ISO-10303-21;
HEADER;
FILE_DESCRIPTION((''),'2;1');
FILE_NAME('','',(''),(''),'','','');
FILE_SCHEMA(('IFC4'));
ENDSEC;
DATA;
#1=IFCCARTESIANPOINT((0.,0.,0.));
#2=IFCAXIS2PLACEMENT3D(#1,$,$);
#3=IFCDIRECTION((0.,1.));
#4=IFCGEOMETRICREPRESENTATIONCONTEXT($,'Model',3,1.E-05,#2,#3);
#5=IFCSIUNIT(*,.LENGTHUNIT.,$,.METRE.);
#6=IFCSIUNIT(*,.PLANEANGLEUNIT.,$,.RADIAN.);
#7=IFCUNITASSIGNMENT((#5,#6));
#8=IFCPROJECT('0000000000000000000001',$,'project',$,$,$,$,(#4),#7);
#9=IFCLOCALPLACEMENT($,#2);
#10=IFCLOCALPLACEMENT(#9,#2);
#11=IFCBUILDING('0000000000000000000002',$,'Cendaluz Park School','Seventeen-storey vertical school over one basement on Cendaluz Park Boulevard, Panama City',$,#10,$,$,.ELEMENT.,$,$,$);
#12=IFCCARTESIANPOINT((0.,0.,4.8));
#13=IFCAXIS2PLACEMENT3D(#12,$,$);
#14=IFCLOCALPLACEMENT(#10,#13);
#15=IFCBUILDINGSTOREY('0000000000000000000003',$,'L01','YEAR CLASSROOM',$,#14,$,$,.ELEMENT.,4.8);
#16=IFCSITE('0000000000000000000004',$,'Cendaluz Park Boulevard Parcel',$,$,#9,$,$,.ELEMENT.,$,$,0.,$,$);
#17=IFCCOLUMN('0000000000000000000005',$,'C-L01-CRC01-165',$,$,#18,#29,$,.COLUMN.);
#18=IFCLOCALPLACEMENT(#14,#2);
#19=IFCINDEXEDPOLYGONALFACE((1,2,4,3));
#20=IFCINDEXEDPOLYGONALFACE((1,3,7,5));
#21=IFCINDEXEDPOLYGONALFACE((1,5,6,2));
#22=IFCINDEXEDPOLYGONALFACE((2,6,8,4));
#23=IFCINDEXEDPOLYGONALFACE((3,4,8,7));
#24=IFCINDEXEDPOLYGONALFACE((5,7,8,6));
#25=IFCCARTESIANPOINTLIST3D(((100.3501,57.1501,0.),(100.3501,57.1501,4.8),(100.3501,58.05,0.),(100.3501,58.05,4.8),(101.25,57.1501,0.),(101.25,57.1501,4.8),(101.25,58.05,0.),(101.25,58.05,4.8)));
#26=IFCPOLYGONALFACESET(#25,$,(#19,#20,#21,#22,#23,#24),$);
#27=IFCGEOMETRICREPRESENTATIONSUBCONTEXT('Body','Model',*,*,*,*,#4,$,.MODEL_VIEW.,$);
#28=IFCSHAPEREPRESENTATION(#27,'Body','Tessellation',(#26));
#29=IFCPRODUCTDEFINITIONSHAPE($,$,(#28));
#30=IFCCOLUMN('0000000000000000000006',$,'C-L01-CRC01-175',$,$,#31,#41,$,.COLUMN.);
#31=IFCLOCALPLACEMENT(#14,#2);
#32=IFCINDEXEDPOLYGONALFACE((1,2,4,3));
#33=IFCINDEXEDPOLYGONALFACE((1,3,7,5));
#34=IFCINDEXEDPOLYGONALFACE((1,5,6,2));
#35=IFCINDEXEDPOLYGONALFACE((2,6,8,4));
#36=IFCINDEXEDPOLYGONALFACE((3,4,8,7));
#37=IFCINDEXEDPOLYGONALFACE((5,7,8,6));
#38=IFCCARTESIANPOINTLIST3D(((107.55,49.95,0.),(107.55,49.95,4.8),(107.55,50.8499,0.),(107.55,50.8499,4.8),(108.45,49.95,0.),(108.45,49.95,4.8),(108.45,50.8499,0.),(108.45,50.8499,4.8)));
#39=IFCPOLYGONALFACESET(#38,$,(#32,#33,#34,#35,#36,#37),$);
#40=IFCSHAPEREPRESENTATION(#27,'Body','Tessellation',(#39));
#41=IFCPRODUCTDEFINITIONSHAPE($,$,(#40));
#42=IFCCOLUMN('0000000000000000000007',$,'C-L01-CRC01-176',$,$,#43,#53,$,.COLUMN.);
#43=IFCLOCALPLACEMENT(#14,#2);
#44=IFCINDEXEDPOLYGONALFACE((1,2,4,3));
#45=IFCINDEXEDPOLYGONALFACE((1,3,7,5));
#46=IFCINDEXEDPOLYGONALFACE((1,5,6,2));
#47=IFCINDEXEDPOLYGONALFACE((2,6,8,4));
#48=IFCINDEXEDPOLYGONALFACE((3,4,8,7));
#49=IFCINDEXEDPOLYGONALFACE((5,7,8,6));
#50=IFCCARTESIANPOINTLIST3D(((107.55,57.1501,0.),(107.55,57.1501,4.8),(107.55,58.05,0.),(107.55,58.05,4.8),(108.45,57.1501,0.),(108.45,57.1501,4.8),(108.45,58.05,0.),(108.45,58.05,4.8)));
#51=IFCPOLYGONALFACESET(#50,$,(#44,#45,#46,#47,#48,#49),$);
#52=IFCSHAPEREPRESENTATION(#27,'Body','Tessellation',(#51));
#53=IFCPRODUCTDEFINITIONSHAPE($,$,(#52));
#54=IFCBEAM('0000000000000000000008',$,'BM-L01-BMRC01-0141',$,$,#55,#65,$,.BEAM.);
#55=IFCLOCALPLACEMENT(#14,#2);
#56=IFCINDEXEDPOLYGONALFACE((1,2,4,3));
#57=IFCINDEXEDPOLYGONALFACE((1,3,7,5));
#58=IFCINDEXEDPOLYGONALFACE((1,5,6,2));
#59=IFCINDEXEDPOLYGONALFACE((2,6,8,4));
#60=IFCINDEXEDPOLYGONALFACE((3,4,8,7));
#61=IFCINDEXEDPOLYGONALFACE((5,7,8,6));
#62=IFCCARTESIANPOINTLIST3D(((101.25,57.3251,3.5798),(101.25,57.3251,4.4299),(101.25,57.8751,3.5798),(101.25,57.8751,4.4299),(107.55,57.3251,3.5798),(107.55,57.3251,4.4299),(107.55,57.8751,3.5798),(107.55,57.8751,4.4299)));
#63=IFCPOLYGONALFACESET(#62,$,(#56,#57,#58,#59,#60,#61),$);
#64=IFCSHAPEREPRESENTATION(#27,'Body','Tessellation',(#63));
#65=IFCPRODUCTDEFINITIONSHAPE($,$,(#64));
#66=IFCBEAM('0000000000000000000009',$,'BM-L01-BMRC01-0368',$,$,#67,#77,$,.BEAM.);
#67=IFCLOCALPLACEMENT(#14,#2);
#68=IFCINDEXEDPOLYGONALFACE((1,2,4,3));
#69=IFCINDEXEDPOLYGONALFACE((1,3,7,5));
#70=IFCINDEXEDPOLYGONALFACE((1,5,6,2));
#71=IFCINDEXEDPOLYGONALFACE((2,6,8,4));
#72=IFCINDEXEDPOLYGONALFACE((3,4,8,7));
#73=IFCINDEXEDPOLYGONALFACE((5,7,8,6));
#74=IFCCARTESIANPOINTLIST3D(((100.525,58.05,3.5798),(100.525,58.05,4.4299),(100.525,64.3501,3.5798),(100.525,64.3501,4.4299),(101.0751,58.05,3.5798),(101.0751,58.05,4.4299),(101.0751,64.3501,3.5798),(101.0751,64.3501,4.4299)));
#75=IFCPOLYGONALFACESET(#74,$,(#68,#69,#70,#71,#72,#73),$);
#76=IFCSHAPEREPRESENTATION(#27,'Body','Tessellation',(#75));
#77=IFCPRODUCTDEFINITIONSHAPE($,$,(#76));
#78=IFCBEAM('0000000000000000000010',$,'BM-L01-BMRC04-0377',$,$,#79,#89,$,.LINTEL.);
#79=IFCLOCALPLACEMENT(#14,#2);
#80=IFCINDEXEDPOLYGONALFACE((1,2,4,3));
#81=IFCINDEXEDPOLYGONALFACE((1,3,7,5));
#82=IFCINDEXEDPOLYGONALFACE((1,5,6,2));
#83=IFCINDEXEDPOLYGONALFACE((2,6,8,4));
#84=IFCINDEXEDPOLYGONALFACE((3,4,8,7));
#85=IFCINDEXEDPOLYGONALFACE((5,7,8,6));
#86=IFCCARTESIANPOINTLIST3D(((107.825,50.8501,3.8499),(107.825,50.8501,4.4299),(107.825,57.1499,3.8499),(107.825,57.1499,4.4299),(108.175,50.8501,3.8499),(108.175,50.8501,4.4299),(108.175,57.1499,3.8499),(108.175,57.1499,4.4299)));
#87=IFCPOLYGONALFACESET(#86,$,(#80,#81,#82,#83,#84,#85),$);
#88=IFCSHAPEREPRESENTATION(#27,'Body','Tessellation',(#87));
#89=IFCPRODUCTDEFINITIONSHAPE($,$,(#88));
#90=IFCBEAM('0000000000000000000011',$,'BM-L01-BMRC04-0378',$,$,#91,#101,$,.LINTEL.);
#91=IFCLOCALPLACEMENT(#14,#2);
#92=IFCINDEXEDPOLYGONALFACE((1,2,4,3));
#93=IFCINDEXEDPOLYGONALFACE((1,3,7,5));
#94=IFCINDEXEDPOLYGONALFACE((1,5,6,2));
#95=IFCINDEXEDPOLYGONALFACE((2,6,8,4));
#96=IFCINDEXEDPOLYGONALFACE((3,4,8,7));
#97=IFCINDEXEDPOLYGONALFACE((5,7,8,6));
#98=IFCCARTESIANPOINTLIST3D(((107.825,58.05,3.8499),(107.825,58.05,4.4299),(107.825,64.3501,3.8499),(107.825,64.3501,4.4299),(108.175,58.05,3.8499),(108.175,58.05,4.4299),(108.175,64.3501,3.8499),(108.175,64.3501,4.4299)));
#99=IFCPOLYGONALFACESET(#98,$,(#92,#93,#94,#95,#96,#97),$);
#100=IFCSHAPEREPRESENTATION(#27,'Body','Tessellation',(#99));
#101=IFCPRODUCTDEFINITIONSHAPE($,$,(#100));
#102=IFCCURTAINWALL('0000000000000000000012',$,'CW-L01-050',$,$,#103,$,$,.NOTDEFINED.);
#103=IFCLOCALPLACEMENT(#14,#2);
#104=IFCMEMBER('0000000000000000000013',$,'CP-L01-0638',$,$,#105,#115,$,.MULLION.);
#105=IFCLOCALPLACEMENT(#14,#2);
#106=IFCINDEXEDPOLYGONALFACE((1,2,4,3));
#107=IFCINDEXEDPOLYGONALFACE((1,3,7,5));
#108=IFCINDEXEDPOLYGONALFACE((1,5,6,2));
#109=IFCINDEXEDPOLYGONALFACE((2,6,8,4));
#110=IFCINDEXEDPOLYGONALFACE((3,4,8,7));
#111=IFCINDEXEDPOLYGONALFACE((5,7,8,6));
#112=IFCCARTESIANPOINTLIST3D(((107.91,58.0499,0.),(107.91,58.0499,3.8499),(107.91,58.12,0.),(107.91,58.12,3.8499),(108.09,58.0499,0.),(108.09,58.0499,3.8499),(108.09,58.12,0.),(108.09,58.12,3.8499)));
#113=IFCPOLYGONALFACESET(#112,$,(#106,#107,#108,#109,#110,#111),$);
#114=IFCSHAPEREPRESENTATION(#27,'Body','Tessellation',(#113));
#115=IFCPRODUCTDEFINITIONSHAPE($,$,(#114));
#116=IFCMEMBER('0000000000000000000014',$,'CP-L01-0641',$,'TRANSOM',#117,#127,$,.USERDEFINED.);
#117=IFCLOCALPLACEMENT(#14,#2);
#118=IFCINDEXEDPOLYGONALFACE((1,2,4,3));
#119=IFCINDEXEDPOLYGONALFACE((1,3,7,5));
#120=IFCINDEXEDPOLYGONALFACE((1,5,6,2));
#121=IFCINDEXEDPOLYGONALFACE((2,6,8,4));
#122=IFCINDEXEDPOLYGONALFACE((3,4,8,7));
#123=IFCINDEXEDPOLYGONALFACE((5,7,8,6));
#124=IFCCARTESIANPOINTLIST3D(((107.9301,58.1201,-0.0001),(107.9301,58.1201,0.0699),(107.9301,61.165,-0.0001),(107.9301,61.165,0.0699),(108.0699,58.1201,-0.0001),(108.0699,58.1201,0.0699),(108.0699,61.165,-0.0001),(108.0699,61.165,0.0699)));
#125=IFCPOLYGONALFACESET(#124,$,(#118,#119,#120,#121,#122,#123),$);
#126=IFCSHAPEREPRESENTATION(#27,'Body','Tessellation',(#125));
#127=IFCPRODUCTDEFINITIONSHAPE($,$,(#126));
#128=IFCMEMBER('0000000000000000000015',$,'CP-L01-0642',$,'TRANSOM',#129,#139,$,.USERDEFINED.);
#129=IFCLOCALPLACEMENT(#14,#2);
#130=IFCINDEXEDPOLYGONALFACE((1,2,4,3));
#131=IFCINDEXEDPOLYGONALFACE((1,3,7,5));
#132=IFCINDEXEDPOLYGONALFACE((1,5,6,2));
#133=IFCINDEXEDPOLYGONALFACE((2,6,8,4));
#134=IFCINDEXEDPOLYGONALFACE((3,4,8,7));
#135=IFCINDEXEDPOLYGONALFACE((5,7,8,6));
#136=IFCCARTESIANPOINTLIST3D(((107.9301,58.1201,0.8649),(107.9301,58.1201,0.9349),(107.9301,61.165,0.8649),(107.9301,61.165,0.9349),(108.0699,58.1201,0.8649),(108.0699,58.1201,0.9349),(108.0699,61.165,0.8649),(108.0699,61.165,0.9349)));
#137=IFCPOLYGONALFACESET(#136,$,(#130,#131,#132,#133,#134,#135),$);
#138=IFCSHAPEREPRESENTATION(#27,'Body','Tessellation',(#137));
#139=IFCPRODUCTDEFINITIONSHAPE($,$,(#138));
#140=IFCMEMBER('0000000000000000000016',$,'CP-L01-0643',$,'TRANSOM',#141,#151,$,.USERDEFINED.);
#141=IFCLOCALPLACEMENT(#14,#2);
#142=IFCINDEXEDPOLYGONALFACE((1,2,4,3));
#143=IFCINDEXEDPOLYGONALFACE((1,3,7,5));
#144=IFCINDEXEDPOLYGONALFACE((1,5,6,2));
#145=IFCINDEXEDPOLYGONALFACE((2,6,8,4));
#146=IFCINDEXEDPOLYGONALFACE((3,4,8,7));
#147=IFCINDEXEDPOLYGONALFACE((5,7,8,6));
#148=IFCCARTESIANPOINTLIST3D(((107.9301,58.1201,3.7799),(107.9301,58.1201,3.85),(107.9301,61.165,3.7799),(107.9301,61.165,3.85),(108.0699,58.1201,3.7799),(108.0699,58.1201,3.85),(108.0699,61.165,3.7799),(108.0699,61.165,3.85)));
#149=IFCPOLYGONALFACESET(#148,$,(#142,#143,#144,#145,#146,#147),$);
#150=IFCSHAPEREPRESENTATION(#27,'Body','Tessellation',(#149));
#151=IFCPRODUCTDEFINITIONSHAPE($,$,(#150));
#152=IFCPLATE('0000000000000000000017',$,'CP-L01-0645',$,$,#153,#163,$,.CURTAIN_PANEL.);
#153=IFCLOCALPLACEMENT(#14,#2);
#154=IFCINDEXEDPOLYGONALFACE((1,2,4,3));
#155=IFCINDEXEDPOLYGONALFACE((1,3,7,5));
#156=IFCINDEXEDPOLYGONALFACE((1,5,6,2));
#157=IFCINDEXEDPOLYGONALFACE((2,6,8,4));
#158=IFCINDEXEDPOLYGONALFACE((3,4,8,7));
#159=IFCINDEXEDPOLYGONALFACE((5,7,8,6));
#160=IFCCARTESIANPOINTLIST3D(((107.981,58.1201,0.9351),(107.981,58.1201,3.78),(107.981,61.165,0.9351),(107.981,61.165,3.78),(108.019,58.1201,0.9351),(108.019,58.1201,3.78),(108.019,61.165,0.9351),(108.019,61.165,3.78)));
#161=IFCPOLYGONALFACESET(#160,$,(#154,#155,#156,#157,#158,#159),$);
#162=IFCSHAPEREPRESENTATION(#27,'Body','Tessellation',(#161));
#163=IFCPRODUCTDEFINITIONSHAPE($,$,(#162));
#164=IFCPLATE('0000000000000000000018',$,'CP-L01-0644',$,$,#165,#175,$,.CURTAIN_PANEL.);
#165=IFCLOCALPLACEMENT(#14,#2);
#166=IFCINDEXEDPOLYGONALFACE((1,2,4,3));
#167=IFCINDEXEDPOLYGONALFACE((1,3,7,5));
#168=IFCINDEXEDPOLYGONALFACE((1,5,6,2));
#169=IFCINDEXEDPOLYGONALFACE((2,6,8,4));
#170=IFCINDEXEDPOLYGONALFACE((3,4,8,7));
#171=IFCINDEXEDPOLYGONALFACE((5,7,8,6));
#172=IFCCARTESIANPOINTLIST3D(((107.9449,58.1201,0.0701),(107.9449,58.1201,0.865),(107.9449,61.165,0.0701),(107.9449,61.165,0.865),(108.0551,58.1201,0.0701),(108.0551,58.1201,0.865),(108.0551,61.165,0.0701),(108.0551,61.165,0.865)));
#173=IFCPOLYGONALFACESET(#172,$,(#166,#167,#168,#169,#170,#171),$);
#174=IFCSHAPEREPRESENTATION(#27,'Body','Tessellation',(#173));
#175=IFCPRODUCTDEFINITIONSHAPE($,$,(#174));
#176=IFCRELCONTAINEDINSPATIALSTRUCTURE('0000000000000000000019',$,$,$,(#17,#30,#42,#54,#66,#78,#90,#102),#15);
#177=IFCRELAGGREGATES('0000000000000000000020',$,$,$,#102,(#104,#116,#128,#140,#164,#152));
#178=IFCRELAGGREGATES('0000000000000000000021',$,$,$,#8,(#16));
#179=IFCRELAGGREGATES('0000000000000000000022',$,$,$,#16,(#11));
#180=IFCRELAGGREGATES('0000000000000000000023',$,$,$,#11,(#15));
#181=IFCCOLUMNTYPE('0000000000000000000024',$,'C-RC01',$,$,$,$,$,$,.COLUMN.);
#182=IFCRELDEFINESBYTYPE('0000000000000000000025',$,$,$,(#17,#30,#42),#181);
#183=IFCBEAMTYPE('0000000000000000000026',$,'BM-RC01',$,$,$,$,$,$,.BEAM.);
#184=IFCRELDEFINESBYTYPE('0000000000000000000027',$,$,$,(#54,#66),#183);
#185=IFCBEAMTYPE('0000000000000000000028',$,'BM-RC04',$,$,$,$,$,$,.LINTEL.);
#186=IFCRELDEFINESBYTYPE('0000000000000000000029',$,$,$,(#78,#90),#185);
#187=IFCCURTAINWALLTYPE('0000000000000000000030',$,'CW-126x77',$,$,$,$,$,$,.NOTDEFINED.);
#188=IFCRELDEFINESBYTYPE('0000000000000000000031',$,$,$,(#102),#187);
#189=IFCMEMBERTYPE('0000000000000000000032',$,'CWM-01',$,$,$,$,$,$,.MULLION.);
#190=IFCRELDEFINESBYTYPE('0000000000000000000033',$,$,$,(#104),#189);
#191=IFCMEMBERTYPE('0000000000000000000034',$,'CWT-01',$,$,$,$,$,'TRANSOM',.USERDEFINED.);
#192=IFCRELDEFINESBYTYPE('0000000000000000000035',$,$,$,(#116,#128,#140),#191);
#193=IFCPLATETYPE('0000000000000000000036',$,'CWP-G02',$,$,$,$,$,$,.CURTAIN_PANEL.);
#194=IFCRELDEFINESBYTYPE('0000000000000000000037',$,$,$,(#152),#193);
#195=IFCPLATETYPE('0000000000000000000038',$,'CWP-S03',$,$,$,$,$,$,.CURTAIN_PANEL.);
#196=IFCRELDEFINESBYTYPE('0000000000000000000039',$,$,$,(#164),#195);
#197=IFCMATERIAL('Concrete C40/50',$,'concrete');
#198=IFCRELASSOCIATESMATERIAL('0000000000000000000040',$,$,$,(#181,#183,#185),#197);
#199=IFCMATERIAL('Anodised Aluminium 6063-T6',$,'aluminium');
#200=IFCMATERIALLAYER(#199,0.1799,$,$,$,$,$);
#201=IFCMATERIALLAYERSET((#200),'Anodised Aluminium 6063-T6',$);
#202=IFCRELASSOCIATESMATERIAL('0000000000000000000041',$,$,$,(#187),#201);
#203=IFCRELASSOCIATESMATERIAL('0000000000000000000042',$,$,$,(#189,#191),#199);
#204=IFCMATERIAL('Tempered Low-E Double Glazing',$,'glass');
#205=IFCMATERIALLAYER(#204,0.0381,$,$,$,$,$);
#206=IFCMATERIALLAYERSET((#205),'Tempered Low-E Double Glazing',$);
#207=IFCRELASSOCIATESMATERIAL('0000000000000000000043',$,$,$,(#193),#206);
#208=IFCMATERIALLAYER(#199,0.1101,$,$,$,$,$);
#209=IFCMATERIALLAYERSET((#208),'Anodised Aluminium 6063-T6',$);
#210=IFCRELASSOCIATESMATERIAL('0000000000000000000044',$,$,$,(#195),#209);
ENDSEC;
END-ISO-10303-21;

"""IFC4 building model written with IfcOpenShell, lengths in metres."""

from ifc_helpers import new_model, si_unit, direction, frame, origin, origin_2d, place, context, subcontext, project, spatial, rectangle, extrude, material, layer, layer_set, material_profile, profile_set, type_object, element, aggregate, save


model = new_model("IFC4")

# Units and contexts
model_context = context("Model", 3, precision=1e-05, world=origin(), true_north=direction((0.0, 1.0)))
body_context = subcontext(model_context, "Body", "Model", "MODEL_VIEW")
ifc_project = project(units=[si_unit("LENGTHUNIT", "METRE"), si_unit("PLANEANGLEUNIT", "RADIAN")], contexts=[model_context])

# Site, building, storey
site_placement = place(None, origin())
site = spatial("IfcSite", under=ifc_project, at=site_placement, Name="Cendaluz Park Boulevard Parcel", CompositionType="ELEMENT", RefElevation=0.0)
building_placement = place(site_placement, origin())
building = spatial("IfcBuilding", under=site, at=building_placement, Name="Cendaluz Park School", Description="Seventeen-storey vertical school over one basement on Cendaluz Park Boulevard, Panama City", CompositionType="ELEMENT")
storey_placement = place(building_placement, frame((0.0, 0.0, 4.8)))
storey = spatial("IfcBuildingStorey", under=building, at=storey_placement, Name="L01", Description="YEAR CLASSROOM", CompositionType="ELEMENT", Elevation=4.8)

# Columns
ifc_material_1 = material(Name="Concrete C40/50", Category="concrete")
ifc_material_profile_1 = material_profile(ifc_material_1, rectangle(XDim=0.8999, YDim=0.8999, at=origin_2d()), Name="RC 900x900", Category="concrete")
ifc_profile_set_1 = profile_set([ifc_material_profile_1], Name="Concrete C40/50")
column_type = type_object("IfcColumnType", Name="C-RC01", PredefinedType="COLUMN", material=ifc_profile_set_1)
for number, where, z_axis, x_axis, name in (
    (1, (100.8, 57.6001, 0.0), (0.0, 0.0, 1.0), (1.0, 0.0, 0.0), "C-L01-CRC01-165"),
    (2, (108.0, 50.3999, 0.0), (0.0, 0.0, 1.0), (1.0, 0.0, 0.0), "C-L01-CRC01-175"),
    (3, (108.0, 57.6001, 0.0), (0.0, 0.0, 1.0), (1.0, 0.0, 0.0), "C-L01-CRC01-176"),
):
    element("IfcColumn", number, at=place(storey_placement, frame(where, z_axis=z_axis, x_axis=x_axis)), inside=storey, type_object=column_type, Name=name, PredefinedType="COLUMN", context=body_context, shape_type="SweptSolid", body=[
        extrude(rectangle(XDim=0.8999, YDim=0.8999, at=origin_2d()), origin(), (0.0, 0.0, 1.0), 4.8),
    ])

# Beams
ifc_material_profile_2 = material_profile(ifc_material_1, rectangle(XDim=0.55, YDim=0.8501, at=origin_2d()), Name="RC 550x850", Category="concrete")
ifc_profile_set_2 = profile_set([ifc_material_profile_2], Name="Concrete C40/50")
beam_type_1 = type_object("IfcBeamType", Name="BM-RC01", PredefinedType="BEAM", material=ifc_profile_set_2)
for number, where, z_axis, x_axis, name in (
    (4, (101.25, 57.6001, 4.0049), (1.0, 0.0, 0.0), (0.0, 1.0, 0.0), "BM-L01-BMRC01-0141"),
    (5, (100.8, 58.05, 4.0049), (0.0, 1.0, 0.0), (-1.0, 0.0, 0.0), "BM-L01-BMRC01-0368"),
):
    element("IfcBeam", number, at=place(storey_placement, frame(where, z_axis=z_axis, x_axis=x_axis)), inside=storey, type_object=beam_type_1, Name=name, PredefinedType="BEAM", context=body_context, shape_type="SweptSolid", body=[
        extrude(rectangle(XDim=0.55, YDim=0.8501, at=origin_2d()), origin(), (0.0, 0.0, 1.0), 6.3),
    ])
ifc_material_profile_3 = material_profile(ifc_material_1, rectangle(XDim=0.3501, YDim=0.5801, at=origin_2d()), Name="RC 350x580", Category="concrete")
ifc_profile_set_3 = profile_set([ifc_material_profile_3], Name="Concrete C40/50")
beam_type_2 = type_object("IfcBeamType", Name="BM-RC04", PredefinedType="LINTEL", material=ifc_profile_set_3)
beam_1_placement = place(storey_placement, frame((108.0, 50.8501, 4.1399), z_axis=(0.0, 1.0, 0.0), x_axis=(-1.0, 0.0, 0.0)))
element("IfcBeam", 6, at=beam_1_placement, inside=storey, type_object=beam_type_2, Name="BM-L01-BMRC04-0377", PredefinedType="LINTEL", context=body_context, shape_type="SweptSolid", body=[
    extrude(rectangle(XDim=0.3501, YDim=0.5801, at=origin_2d()), origin(), (0.0, 0.0, 1.0), 6.2998),
])
beam_2_placement = place(storey_placement, frame((108.0, 58.05, 4.1399), z_axis=(0.0, 1.0, 0.0), x_axis=(-1.0, 0.0, 0.0)))
element("IfcBeam", 7, at=beam_2_placement, inside=storey, type_object=beam_type_2, Name="BM-L01-BMRC04-0378", PredefinedType="LINTEL", context=body_context, shape_type="SweptSolid", body=[
    extrude(rectangle(XDim=0.3501, YDim=0.5801, at=origin_2d()), origin(), (0.0, 0.0, 1.0), 6.3),
])

# Curtain wall, members, plates
ifc_material_2 = material(Name="Anodised Aluminium 6063-T6", Category="aluminium")
ifc_layer_1 = layer(ifc_material_2, 0.1799)
ifc_layer_set_1 = layer_set([ifc_layer_1], Name="Anodised Aluminium 6063-T6")
curtain_wall_type = type_object("IfcCurtainWallType", Name="CW-126x77", PredefinedType="NOTDEFINED", material=ifc_layer_set_1)
curtain_wall_placement = place(storey_placement, origin())
curtain_wall = element("IfcCurtainWall", 8, at=curtain_wall_placement, inside=storey, type_object=curtain_wall_type, Name="CW-L01-050", PredefinedType="NOTDEFINED")
ifc_material_profile_4 = material_profile(ifc_material_2, rectangle(XDim=0.1799, YDim=0.0701, at=origin_2d()), Name="CWM 180x70", Category="aluminium")
ifc_profile_set_4 = profile_set([ifc_material_profile_4], Name="Anodised Aluminium 6063-T6")
member_type_1 = type_object("IfcMemberType", Name="CWM-01", PredefinedType="MULLION", material=ifc_profile_set_4)
member_1_placement = place(storey_placement, frame((108.0, 58.085, 0.0), z_axis=(0.0, 0.0, 1.0), x_axis=(-1.0, 0.0, 0.0)))
member_1 = element("IfcMember", 9, at=member_1_placement, type_object=member_type_1, Name="CP-L01-0638", PredefinedType="MULLION", context=body_context, shape_type="SweptSolid", body=[
    extrude(rectangle(XDim=0.1799, YDim=0.0701, at=origin_2d()), origin(), (0.0, 0.0, 1.0), 3.8499),
])
ifc_material_profile_5 = material_profile(ifc_material_2, rectangle(XDim=0.1399, YDim=0.0701, at=origin_2d()), Name="CWT 140x70", Category="aluminium")
ifc_profile_set_5 = profile_set([ifc_material_profile_5], Name="Anodised Aluminium 6063-T6")
member_type_2 = type_object("IfcMemberType", Name="CWT-01", ElementType="TRANSOM", PredefinedType="USERDEFINED", material=ifc_profile_set_5)
member_2_placement = place(storey_placement, frame((108.0, 58.1201, 0.0349), z_axis=(0.0, 1.0, 0.0), x_axis=(-1.0, 0.0, 0.0)))
member_2 = element("IfcMember", 10, at=member_2_placement, type_object=member_type_2, Name="CP-L01-0641", ObjectType="TRANSOM", PredefinedType="USERDEFINED", context=body_context, shape_type="SweptSolid", body=[
    extrude(rectangle(XDim=0.1399, YDim=0.0701, at=origin_2d()), origin(), (0.0, 0.0, 1.0), 3.0449),
])
member_3_placement = place(storey_placement, frame((108.0, 58.1201, 0.8999), z_axis=(0.0, 1.0, 0.0), x_axis=(-1.0, 0.0, 0.0)))
member_3 = element("IfcMember", 11, at=member_3_placement, type_object=member_type_2, Name="CP-L01-0642", ObjectType="TRANSOM", PredefinedType="USERDEFINED", context=body_context, shape_type="SweptSolid", body=[
    extrude(rectangle(XDim=0.1399, YDim=0.0701, at=origin_2d()), origin(), (0.0, 0.0, 1.0), 3.0449),
])
member_4_placement = place(storey_placement, frame((108.0, 58.1201, 3.8149), z_axis=(0.0, 1.0, 0.0), x_axis=(-1.0, 0.0, 0.0)))
member_4 = element("IfcMember", 12, at=member_4_placement, type_object=member_type_2, Name="CP-L01-0643", ObjectType="TRANSOM", PredefinedType="USERDEFINED", context=body_context, shape_type="SweptSolid", body=[
    extrude(rectangle(XDim=0.1399, YDim=0.0701, at=origin_2d()), origin(), (0.0, 0.0, 1.0), 3.0449),
])
ifc_material_3 = material(Name="Tempered Low-E Double Glazing", Category="glass")
ifc_layer_2 = layer(ifc_material_3, 0.0381)
ifc_layer_set_2 = layer_set([ifc_layer_2], Name="Tempered Low-E Double Glazing")
plate_type_1 = type_object("IfcPlateType", Name="CWP-G02", PredefinedType="CURTAIN_PANEL", material=ifc_layer_set_2)
plate_1_placement = place(storey_placement, frame((108.0, 59.6426, 0.9351), z_axis=(0.0, 0.0, 1.0), x_axis=(0.0, 1.0, 0.0)))
plate_1 = element("IfcPlate", 13, at=plate_1_placement, type_object=plate_type_1, Name="CP-L01-0645", PredefinedType="CURTAIN_PANEL", context=body_context, shape_type="SweptSolid", body=[
    extrude(rectangle(XDim=3.0449, YDim=0.0381, at=origin_2d()), origin(), (0.0, 0.0, 1.0), 2.845),
])
ifc_layer_3 = layer(ifc_material_2, 0.1101)
ifc_layer_set_3 = layer_set([ifc_layer_3], Name="Anodised Aluminium 6063-T6")
plate_type_2 = type_object("IfcPlateType", Name="CWP-S03", PredefinedType="CURTAIN_PANEL", material=ifc_layer_set_3)
plate_2_placement = place(storey_placement, frame((108.0, 59.6426, 0.0701), z_axis=(0.0, 0.0, 1.0), x_axis=(0.0, 1.0, 0.0)))
plate_2 = element("IfcPlate", 14, at=plate_2_placement, type_object=plate_type_2, Name="CP-L01-0644", PredefinedType="CURTAIN_PANEL", context=body_context, shape_type="SweptSolid", body=[
    extrude(rectangle(XDim=3.0449, YDim=0.1101, at=origin_2d()), origin(), (0.0, 0.0, 1.0), 0.7949),
])
aggregate(curtain_wall, [member_1, member_2, member_3, member_4, plate_2, plate_1])

save(model, "model.ifc")
